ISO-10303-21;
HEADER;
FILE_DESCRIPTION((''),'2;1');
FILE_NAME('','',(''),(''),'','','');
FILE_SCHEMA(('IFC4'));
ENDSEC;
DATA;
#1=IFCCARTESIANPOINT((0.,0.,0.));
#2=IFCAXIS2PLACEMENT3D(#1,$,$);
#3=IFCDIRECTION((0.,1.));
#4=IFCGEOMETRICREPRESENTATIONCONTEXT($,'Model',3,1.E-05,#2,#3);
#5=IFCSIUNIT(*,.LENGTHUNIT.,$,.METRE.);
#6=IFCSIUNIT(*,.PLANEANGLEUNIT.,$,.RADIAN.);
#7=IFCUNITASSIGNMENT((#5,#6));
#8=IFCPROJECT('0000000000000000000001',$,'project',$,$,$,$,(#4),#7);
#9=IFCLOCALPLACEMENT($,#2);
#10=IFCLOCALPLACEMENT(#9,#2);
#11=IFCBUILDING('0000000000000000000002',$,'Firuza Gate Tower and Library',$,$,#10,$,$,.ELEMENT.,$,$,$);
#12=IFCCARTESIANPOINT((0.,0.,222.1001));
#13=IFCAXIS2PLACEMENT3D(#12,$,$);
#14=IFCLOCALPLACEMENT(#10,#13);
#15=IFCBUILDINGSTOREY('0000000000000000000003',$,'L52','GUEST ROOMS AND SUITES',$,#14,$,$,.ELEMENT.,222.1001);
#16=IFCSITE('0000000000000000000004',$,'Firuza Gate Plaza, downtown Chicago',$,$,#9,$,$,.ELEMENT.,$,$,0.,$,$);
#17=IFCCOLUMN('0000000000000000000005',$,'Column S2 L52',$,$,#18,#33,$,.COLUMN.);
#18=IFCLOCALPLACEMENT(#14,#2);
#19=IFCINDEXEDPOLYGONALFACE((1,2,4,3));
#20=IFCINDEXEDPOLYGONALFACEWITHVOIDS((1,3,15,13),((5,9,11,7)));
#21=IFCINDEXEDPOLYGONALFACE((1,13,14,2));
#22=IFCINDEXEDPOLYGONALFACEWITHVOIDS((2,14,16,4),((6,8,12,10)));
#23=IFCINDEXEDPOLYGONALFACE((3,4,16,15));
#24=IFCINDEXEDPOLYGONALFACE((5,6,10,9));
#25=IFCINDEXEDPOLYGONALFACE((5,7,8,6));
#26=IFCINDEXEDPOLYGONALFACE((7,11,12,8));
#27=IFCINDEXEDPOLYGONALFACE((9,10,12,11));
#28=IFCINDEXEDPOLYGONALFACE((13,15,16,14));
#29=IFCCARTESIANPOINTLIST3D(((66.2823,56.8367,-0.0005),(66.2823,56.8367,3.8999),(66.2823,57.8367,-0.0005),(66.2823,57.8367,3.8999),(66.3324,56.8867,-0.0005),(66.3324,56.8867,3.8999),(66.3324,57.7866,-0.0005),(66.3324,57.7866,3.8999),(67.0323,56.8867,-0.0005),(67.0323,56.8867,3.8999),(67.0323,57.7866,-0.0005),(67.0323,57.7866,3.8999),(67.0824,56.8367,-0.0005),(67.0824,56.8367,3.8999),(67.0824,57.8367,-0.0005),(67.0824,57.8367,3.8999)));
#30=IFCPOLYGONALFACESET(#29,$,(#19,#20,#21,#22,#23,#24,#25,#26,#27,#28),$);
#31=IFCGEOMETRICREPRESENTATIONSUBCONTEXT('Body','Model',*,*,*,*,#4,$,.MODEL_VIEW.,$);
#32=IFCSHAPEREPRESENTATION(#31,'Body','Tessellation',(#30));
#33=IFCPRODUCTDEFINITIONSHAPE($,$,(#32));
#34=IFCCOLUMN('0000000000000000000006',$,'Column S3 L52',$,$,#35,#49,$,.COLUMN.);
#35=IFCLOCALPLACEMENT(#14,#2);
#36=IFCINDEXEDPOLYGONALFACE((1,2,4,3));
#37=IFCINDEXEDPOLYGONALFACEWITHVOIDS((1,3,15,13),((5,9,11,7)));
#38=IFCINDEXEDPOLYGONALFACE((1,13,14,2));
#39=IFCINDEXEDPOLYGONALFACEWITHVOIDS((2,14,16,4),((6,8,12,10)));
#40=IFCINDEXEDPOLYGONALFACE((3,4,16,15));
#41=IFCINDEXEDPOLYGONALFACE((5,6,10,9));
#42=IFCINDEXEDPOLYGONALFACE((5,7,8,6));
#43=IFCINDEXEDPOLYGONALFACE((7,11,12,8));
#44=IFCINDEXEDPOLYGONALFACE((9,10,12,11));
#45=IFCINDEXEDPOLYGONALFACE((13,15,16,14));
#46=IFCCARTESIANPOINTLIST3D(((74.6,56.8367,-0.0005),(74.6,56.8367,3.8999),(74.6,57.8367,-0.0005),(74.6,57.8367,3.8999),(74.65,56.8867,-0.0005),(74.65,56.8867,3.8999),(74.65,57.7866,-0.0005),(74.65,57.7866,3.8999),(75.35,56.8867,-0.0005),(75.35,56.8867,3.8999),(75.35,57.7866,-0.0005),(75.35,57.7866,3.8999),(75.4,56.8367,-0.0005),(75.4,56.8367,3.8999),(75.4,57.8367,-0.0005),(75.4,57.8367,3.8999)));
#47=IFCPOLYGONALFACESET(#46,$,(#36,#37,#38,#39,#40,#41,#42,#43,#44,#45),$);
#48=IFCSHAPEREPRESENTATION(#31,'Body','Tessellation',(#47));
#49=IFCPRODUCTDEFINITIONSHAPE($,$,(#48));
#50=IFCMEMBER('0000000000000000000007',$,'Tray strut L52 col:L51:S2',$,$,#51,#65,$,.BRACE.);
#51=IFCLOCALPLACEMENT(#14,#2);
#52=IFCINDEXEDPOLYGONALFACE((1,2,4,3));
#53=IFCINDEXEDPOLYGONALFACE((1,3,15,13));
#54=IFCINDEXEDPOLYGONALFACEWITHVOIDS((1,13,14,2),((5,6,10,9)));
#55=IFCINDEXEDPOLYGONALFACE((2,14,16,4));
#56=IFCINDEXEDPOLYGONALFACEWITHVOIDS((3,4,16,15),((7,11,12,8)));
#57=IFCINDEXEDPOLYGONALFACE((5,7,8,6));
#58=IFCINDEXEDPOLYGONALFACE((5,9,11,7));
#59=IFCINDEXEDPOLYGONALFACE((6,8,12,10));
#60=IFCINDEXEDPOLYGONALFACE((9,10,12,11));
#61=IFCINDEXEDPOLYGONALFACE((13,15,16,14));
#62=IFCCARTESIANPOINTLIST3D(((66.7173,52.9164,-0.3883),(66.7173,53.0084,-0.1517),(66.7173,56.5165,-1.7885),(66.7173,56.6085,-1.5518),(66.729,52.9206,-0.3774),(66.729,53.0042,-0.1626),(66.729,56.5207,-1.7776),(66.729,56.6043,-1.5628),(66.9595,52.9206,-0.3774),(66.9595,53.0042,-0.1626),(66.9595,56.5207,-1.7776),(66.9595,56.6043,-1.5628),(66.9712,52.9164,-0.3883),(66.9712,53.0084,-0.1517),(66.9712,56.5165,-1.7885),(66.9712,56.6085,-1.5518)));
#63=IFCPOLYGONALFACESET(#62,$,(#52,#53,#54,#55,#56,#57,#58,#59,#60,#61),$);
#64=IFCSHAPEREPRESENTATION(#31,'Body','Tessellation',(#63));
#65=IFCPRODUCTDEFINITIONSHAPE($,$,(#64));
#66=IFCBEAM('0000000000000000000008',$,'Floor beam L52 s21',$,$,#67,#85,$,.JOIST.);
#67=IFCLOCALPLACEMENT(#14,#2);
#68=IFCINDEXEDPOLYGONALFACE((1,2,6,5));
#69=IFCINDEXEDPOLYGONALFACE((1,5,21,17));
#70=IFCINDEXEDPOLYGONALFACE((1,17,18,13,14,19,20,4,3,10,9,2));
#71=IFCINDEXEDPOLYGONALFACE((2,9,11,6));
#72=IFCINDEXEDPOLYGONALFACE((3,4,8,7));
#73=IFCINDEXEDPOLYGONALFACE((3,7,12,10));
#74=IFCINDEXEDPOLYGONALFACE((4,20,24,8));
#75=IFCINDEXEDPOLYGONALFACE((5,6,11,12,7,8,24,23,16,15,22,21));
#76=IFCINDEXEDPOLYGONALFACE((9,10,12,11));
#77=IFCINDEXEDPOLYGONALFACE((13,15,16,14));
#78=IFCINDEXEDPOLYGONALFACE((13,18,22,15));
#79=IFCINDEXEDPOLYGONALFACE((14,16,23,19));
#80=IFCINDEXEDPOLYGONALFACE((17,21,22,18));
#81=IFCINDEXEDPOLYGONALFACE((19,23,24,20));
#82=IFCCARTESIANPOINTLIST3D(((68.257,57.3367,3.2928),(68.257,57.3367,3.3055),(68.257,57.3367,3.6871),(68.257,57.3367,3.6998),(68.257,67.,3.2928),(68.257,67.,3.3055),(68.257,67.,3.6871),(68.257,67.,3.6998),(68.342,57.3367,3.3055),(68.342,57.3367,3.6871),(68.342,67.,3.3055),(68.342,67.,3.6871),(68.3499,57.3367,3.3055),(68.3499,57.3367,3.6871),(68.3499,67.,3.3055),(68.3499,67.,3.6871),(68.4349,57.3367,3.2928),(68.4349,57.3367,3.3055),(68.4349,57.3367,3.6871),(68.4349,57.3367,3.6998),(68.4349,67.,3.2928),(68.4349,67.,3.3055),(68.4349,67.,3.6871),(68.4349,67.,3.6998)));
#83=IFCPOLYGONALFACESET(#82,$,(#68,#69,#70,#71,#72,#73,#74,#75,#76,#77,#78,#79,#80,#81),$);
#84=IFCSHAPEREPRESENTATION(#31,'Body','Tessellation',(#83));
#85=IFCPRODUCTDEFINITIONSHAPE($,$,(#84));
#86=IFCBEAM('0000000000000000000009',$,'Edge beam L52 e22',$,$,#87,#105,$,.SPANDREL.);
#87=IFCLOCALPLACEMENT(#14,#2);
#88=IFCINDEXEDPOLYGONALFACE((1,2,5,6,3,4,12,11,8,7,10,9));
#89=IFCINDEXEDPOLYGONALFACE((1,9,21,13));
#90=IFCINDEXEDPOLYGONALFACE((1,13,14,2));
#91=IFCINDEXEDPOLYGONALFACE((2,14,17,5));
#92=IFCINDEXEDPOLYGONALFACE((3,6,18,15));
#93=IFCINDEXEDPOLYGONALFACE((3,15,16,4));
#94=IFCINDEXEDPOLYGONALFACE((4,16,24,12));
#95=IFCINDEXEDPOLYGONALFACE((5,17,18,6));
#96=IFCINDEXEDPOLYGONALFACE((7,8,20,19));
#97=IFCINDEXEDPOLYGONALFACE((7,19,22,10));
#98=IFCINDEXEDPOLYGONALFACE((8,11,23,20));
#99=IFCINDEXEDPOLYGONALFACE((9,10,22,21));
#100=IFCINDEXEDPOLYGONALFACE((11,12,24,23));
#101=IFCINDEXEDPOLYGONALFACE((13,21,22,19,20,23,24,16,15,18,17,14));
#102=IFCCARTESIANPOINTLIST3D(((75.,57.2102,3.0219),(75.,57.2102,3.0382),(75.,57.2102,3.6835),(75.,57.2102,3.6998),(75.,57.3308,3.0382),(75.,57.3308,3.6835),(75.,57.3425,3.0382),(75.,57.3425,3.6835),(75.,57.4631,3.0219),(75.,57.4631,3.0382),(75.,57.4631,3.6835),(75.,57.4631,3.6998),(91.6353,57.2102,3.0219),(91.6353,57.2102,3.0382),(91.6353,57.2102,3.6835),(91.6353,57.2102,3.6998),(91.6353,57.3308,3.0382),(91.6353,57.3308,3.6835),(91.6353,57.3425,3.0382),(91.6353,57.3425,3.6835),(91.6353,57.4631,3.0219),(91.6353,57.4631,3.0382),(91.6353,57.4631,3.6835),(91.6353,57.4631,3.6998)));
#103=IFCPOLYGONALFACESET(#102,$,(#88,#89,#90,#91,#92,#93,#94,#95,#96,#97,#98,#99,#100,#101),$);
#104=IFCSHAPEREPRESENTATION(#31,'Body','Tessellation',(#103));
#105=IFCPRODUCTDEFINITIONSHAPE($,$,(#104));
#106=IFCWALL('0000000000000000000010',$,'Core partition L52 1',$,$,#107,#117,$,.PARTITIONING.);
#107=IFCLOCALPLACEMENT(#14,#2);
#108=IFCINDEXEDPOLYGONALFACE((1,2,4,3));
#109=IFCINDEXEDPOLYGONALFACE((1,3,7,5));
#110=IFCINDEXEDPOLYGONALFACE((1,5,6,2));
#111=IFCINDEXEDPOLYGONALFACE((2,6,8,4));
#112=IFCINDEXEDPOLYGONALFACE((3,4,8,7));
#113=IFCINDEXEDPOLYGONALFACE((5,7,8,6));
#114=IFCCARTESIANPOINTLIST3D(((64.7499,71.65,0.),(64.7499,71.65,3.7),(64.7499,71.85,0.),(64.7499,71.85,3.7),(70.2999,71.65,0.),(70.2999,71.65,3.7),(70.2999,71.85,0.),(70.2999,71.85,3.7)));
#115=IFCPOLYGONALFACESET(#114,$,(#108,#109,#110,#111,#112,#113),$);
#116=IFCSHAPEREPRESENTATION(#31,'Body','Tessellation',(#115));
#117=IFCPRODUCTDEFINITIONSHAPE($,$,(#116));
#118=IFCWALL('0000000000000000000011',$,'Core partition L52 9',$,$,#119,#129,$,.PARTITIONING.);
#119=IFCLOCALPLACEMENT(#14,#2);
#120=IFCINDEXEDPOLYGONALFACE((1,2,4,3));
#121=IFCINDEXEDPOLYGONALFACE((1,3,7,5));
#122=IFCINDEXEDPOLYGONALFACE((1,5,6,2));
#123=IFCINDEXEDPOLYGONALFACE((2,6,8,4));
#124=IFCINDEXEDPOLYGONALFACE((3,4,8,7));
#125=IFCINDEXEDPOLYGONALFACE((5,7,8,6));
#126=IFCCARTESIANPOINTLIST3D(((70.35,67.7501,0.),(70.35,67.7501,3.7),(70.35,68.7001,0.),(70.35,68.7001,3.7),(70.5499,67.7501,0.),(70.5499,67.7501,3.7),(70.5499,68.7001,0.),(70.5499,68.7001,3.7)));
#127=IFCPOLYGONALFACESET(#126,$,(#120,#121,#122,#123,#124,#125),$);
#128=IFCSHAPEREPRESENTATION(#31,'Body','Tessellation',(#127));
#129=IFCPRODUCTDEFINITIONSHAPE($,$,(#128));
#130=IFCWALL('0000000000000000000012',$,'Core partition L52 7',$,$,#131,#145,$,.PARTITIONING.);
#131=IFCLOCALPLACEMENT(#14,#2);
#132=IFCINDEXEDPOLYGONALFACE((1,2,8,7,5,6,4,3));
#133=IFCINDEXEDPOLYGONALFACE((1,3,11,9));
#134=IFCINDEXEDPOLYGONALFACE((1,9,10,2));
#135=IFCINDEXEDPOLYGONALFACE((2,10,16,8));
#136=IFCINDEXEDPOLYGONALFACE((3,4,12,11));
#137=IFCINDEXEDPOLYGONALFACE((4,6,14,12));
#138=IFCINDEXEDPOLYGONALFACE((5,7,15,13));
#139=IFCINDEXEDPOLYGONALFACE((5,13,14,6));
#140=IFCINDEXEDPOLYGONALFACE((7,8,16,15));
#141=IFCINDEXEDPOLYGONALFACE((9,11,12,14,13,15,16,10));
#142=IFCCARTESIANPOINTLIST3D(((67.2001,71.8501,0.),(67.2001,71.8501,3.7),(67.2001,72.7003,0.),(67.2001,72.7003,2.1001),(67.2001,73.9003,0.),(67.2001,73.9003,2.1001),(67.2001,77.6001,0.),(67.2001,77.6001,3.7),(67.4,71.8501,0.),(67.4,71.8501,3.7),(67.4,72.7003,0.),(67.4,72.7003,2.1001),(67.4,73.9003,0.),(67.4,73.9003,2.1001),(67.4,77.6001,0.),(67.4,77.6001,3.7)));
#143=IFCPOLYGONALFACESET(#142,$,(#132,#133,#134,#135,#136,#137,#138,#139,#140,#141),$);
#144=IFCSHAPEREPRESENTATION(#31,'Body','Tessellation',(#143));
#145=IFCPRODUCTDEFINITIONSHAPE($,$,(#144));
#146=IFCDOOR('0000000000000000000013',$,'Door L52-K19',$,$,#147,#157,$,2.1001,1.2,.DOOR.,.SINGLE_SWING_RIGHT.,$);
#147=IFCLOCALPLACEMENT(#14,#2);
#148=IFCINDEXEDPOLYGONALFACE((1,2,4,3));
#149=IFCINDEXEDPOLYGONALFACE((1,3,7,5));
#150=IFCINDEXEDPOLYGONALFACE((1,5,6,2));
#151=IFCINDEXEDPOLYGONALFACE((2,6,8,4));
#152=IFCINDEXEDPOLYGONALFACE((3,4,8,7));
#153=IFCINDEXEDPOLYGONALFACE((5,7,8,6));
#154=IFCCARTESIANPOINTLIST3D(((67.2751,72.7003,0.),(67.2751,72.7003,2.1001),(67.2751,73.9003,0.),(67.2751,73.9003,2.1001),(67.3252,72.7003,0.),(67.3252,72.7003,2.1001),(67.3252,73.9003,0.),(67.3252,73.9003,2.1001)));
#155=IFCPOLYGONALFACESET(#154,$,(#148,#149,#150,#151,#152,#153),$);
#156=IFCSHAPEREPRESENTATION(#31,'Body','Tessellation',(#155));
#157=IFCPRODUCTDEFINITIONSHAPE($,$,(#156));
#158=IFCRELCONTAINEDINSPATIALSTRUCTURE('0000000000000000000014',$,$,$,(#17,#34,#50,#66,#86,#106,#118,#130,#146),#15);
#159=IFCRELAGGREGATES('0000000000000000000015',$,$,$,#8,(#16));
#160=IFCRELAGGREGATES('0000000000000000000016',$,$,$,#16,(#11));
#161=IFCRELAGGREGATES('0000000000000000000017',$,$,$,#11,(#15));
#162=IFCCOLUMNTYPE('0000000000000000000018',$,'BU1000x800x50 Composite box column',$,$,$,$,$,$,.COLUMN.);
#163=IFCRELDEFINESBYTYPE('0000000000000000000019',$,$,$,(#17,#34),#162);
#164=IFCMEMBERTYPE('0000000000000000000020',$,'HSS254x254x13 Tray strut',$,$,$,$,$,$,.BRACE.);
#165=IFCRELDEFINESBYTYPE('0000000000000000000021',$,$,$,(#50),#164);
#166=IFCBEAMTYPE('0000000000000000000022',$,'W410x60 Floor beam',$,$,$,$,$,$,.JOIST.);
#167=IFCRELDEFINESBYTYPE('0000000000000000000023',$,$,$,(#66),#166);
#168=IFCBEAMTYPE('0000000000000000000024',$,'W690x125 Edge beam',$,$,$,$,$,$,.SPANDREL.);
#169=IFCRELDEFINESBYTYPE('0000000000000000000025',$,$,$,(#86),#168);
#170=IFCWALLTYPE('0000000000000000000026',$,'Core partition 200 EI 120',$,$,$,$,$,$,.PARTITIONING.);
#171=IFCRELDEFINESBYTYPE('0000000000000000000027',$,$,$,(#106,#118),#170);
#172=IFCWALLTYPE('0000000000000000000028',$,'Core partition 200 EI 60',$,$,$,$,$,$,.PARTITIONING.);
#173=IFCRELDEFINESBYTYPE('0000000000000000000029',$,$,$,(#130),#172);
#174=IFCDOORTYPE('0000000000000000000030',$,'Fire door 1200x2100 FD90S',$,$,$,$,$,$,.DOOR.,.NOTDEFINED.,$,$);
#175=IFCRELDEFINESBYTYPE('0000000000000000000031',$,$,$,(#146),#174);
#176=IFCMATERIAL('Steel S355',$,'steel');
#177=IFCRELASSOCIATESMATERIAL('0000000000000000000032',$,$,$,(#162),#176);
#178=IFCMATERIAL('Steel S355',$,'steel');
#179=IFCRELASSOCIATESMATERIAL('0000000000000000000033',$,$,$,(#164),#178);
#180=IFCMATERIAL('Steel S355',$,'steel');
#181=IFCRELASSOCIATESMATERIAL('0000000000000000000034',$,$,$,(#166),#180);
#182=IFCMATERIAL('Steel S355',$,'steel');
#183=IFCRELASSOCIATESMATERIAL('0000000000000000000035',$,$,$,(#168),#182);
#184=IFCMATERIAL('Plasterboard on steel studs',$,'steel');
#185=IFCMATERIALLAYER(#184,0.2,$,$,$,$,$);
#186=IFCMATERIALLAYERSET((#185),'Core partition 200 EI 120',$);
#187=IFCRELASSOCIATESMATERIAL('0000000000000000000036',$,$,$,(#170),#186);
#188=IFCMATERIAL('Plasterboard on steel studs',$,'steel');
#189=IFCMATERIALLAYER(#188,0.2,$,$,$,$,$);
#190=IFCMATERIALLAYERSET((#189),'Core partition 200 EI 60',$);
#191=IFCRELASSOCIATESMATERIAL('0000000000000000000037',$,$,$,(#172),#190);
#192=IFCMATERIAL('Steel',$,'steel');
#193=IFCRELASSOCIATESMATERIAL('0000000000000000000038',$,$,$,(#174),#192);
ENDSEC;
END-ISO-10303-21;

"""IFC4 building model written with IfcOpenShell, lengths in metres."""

from ifc_helpers import new_model, si_unit, direction, frame, frame_2d, origin, origin_2d, place, context, subcontext, project, spatial, rectangle, hollow_rectangle, i_section, extrude, material, layer, layer_set, material_profile, profile_set, type_object, element, fill, save


model = new_model("IFC4")

# Units and contexts
model_context = context("Model", 3, precision=1e-05, world=origin(), true_north=direction((0.0, 1.0)))
body_context = subcontext(model_context, "Body", "Model", "MODEL_VIEW")
ifc_project = project(units=[si_unit("LENGTHUNIT", "METRE"), si_unit("PLANEANGLEUNIT", "RADIAN")], contexts=[model_context])

# Site, building, storey
site_placement = place(None, origin())
site = spatial("IfcSite", under=ifc_project, at=site_placement, Name="Firuza Gate Plaza, downtown Chicago", CompositionType="ELEMENT", RefElevation=0.0)
building_placement = place(site_placement, origin())
building = spatial("IfcBuilding", under=site, at=building_placement, Name="Firuza Gate Tower and Library", CompositionType="ELEMENT")
storey_placement = place(building_placement, frame((0.0, 0.0, 222.1001)))
storey = spatial("IfcBuildingStorey", under=building, at=storey_placement, Name="L52", Description="GUEST ROOMS AND SUITES", CompositionType="ELEMENT", Elevation=222.1001)

# Columns
ifc_material_1 = material(Name="Steel S355", Category="steel")
ifc_material_profile_1 = material_profile(ifc_material_1, hollow_rectangle(XDim=0.8, YDim=1.0, WallThickness=0.05, at=origin_2d()))
ifc_profile_set_1 = profile_set([ifc_material_profile_1], Name="Steel S355")
column_type = type_object("IfcColumnType", Name="BU1000x800x50 Composite box column", PredefinedType="COLUMN", material=ifc_profile_set_1)
for number, where, z_axis, x_axis, name in (
    (1, (66.6824, 57.3367, -0.0005), (0.0, 0.0, 1.0), (1.0, 0.0, 0.0), "Column S2 L52"),
    (2, (75.0, 57.3367, -0.0005), (0.0, 0.0, 1.0), (1.0, 0.0, 0.0), "Column S3 L52"),
):
    element("IfcColumn", number, at=place(storey_placement, frame(where, z_axis=z_axis, x_axis=x_axis)), inside=storey, type_object=column_type, Name=name, PredefinedType="COLUMN", context=body_context, shape_type="SweptSolid", body=[
        extrude(hollow_rectangle(XDim=0.8, YDim=1.0, WallThickness=0.05, at=origin_2d()), origin(), (0.0, 0.0, 1.0), 3.9004),
    ])

# Member
ifc_material_2 = material(Name="Steel S355", Category="steel")
ifc_material_profile_2 = material_profile(ifc_material_2, hollow_rectangle(XDim=0.2539, YDim=0.2539, WallThickness=0.0117, at=origin_2d()))
ifc_profile_set_2 = profile_set([ifc_material_profile_2], Name="Steel S355")
member_type = type_object("IfcMemberType", Name="HSS254x254x13 Tray strut", PredefinedType="BRACE", material=ifc_profile_set_2)
member_placement = place(storey_placement, frame((66.8442, 56.5625, -1.6702), z_axis=(0.0, -0.931995, 0.362471), x_axis=(1.0, 0.0, 0.0)))
element("IfcMember", 3, at=member_placement, inside=storey, type_object=member_type, Name="Tray strut L52 col:L51:S2", PredefinedType="BRACE", context=body_context, shape_type="SweptSolid", body=[
    extrude(hollow_rectangle(XDim=0.2539, YDim=0.2539, WallThickness=0.0117, at=origin_2d()), origin(), (0.0, 0.0, 1.0), 3.8628),
])

# Beams
ifc_material_3 = material(Name="Steel S355", Category="steel")
ifc_material_profile_3 = material_profile(ifc_material_3, i_section(OverallWidth=0.178, OverallDepth=0.407, WebThickness=0.0078, FlangeThickness=0.0127, at=origin_2d()))
ifc_profile_set_3 = profile_set([ifc_material_profile_3], Name="Steel S355")
beam_type_1 = type_object("IfcBeamType", Name="W410x60 Floor beam", PredefinedType="JOIST", material=ifc_profile_set_3)
beam_1_placement = place(storey_placement, frame((68.3459, 57.3367, 3.4963), z_axis=(0.0, 1.0, 0.0), x_axis=(-1.0, 0.0, 0.0)))
element("IfcBeam", 4, at=beam_1_placement, inside=storey, type_object=beam_type_1, Name="Floor beam L52 s21", PredefinedType="JOIST", context=body_context, shape_type="SweptSolid", body=[
    extrude(i_section(OverallWidth=0.178, OverallDepth=0.407, WebThickness=0.0078, FlangeThickness=0.0127, at=origin_2d()), origin(), (0.0, 0.0, 1.0), 9.6633),
])
ifc_material_4 = material(Name="Steel S355", Category="steel")
ifc_material_profile_4 = material_profile(ifc_material_4, i_section(OverallWidth=0.2529, OverallDepth=0.678, WebThickness=0.0117, FlangeThickness=0.0164, at=origin_2d()))
ifc_profile_set_4 = profile_set([ifc_material_profile_4], Name="Steel S355")
beam_type_2 = type_object("IfcBeamType", Name="W690x125 Edge beam", PredefinedType="SPANDREL", material=ifc_profile_set_4)
beam_2_placement = place(storey_placement, frame((75.0, 57.3367, 3.3608), z_axis=(1.0, 0.0, 0.0), x_axis=(0.0, 1.0, 0.0)))
element("IfcBeam", 5, at=beam_2_placement, inside=storey, type_object=beam_type_2, Name="Edge beam L52 e22", PredefinedType="SPANDREL", context=body_context, shape_type="SweptSolid", body=[
    extrude(i_section(OverallWidth=0.2529, OverallDepth=0.678, WebThickness=0.0117, FlangeThickness=0.0164, at=origin_2d()), origin(), (0.0, 0.0, 1.0), 16.6353),
])

# Walls
ifc_material_5 = material(Name="Plasterboard on steel studs", Category="steel")
ifc_layer_1 = layer(ifc_material_5, 0.2)
ifc_layer_set_1 = layer_set([ifc_layer_1], Name="Core partition 200 EI 120")
wall_type_1 = type_object("IfcWallType", Name="Core partition 200 EI 120", PredefinedType="PARTITIONING", material=ifc_layer_set_1)
wall_1_placement = place(storey_placement, frame((64.75, 71.75, 0.0), z_axis=(0.0, 0.0, 1.0), x_axis=(1.0, 0.0, 0.0)))
element("IfcWall", 6, at=wall_1_placement, inside=storey, type_object=wall_type_1, Name="Core partition L52 1", PredefinedType="PARTITIONING", context=body_context, shape_type="SweptSolid", body=[
    extrude(rectangle(XDim=5.55, YDim=0.2, at=frame_2d((2.7749, 0.0))), origin(), (0.0, 0.0, 1.0), 3.7),
])
wall_2_placement = place(storey_placement, frame((70.45, 67.75, 0.0), z_axis=(0.0, 0.0, 1.0), x_axis=(0.0, 1.0, 0.0)))
element("IfcWall", 7, at=wall_2_placement, inside=storey, type_object=wall_type_1, Name="Core partition L52 9", PredefinedType="PARTITIONING", context=body_context, shape_type="SweptSolid", body=[
    extrude(rectangle(XDim=0.95, YDim=0.2, at=frame_2d((0.4751, 0.0))), origin(), (0.0, 0.0, 1.0), 3.7),
])

# Wall, opening, door
ifc_material_6 = material(Name="Plasterboard on steel studs", Category="steel")
ifc_layer_2 = layer(ifc_material_6, 0.2)
ifc_layer_set_2 = layer_set([ifc_layer_2], Name="Core partition 200 EI 60")
wall_type_2 = type_object("IfcWallType", Name="Core partition 200 EI 60", PredefinedType="PARTITIONING", material=ifc_layer_set_2)
wall_3_placement = place(storey_placement, frame((67.3, 71.8501, 0.0), z_axis=(0.0, 0.0, 1.0), x_axis=(0.0, 1.0, 0.0)))
wall_3 = element("IfcWall", 8, at=wall_3_placement, inside=storey, type_object=wall_type_2, Name="Core partition L52 7", PredefinedType="PARTITIONING", context=body_context, shape_type="SweptSolid", body=[
    extrude(rectangle(XDim=5.75, YDim=0.2, at=frame_2d((2.875, 0.0))), origin(), (0.0, 0.0, 1.0), 3.7),
])
opening_1_placement = place(wall_3_placement, frame((0.8501, 0.0, 0.0)))
opening_1 = element("IfcOpeningElement", 9, at=opening_1_placement, cuts=wall_3, PredefinedType="OPENING", context=body_context, shape_type="SweptSolid", body=[
    extrude(rectangle(XDim=1.2, YDim=2.1001, at=frame_2d((0.6001, 1.05))), frame((0.0, 0.1099, 0.0), z_axis=(0.0, -1.0, 0.0), x_axis=(1.0, 0.0, 0.0)), (0.0, 0.0, 1.0), 0.22),
])
ifc_material_7 = material(Name="Steel", Category="steel")
door_type_1 = type_object("IfcDoorType", Name="Fire door 1200x2100 FD90S", OperationType="NOTDEFINED", PredefinedType="DOOR", material=ifc_material_7)
door_1_placement = place(opening_1_placement, origin())
door_1 = element("IfcDoor", 10, at=door_1_placement, inside=storey, type_object=door_type_1, Name="Door L52-K19", OperationType="SINGLE_SWING_RIGHT", OverallHeight=2.1001, OverallWidth=1.2, PredefinedType="DOOR", context=body_context, shape_type="SweptSolid", body=[
    extrude(rectangle(XDim=1.2, YDim=2.1001, at=frame_2d((0.6001, 1.05))), frame((0.0, 0.0249, 0.0), z_axis=(0.0, -1.0, 0.0), x_axis=(1.0, 0.0, 0.0)), (0.0, 0.0, 1.0), 0.05),
])
fill(opening_1, door_1)

save(model, "model.ifc")
